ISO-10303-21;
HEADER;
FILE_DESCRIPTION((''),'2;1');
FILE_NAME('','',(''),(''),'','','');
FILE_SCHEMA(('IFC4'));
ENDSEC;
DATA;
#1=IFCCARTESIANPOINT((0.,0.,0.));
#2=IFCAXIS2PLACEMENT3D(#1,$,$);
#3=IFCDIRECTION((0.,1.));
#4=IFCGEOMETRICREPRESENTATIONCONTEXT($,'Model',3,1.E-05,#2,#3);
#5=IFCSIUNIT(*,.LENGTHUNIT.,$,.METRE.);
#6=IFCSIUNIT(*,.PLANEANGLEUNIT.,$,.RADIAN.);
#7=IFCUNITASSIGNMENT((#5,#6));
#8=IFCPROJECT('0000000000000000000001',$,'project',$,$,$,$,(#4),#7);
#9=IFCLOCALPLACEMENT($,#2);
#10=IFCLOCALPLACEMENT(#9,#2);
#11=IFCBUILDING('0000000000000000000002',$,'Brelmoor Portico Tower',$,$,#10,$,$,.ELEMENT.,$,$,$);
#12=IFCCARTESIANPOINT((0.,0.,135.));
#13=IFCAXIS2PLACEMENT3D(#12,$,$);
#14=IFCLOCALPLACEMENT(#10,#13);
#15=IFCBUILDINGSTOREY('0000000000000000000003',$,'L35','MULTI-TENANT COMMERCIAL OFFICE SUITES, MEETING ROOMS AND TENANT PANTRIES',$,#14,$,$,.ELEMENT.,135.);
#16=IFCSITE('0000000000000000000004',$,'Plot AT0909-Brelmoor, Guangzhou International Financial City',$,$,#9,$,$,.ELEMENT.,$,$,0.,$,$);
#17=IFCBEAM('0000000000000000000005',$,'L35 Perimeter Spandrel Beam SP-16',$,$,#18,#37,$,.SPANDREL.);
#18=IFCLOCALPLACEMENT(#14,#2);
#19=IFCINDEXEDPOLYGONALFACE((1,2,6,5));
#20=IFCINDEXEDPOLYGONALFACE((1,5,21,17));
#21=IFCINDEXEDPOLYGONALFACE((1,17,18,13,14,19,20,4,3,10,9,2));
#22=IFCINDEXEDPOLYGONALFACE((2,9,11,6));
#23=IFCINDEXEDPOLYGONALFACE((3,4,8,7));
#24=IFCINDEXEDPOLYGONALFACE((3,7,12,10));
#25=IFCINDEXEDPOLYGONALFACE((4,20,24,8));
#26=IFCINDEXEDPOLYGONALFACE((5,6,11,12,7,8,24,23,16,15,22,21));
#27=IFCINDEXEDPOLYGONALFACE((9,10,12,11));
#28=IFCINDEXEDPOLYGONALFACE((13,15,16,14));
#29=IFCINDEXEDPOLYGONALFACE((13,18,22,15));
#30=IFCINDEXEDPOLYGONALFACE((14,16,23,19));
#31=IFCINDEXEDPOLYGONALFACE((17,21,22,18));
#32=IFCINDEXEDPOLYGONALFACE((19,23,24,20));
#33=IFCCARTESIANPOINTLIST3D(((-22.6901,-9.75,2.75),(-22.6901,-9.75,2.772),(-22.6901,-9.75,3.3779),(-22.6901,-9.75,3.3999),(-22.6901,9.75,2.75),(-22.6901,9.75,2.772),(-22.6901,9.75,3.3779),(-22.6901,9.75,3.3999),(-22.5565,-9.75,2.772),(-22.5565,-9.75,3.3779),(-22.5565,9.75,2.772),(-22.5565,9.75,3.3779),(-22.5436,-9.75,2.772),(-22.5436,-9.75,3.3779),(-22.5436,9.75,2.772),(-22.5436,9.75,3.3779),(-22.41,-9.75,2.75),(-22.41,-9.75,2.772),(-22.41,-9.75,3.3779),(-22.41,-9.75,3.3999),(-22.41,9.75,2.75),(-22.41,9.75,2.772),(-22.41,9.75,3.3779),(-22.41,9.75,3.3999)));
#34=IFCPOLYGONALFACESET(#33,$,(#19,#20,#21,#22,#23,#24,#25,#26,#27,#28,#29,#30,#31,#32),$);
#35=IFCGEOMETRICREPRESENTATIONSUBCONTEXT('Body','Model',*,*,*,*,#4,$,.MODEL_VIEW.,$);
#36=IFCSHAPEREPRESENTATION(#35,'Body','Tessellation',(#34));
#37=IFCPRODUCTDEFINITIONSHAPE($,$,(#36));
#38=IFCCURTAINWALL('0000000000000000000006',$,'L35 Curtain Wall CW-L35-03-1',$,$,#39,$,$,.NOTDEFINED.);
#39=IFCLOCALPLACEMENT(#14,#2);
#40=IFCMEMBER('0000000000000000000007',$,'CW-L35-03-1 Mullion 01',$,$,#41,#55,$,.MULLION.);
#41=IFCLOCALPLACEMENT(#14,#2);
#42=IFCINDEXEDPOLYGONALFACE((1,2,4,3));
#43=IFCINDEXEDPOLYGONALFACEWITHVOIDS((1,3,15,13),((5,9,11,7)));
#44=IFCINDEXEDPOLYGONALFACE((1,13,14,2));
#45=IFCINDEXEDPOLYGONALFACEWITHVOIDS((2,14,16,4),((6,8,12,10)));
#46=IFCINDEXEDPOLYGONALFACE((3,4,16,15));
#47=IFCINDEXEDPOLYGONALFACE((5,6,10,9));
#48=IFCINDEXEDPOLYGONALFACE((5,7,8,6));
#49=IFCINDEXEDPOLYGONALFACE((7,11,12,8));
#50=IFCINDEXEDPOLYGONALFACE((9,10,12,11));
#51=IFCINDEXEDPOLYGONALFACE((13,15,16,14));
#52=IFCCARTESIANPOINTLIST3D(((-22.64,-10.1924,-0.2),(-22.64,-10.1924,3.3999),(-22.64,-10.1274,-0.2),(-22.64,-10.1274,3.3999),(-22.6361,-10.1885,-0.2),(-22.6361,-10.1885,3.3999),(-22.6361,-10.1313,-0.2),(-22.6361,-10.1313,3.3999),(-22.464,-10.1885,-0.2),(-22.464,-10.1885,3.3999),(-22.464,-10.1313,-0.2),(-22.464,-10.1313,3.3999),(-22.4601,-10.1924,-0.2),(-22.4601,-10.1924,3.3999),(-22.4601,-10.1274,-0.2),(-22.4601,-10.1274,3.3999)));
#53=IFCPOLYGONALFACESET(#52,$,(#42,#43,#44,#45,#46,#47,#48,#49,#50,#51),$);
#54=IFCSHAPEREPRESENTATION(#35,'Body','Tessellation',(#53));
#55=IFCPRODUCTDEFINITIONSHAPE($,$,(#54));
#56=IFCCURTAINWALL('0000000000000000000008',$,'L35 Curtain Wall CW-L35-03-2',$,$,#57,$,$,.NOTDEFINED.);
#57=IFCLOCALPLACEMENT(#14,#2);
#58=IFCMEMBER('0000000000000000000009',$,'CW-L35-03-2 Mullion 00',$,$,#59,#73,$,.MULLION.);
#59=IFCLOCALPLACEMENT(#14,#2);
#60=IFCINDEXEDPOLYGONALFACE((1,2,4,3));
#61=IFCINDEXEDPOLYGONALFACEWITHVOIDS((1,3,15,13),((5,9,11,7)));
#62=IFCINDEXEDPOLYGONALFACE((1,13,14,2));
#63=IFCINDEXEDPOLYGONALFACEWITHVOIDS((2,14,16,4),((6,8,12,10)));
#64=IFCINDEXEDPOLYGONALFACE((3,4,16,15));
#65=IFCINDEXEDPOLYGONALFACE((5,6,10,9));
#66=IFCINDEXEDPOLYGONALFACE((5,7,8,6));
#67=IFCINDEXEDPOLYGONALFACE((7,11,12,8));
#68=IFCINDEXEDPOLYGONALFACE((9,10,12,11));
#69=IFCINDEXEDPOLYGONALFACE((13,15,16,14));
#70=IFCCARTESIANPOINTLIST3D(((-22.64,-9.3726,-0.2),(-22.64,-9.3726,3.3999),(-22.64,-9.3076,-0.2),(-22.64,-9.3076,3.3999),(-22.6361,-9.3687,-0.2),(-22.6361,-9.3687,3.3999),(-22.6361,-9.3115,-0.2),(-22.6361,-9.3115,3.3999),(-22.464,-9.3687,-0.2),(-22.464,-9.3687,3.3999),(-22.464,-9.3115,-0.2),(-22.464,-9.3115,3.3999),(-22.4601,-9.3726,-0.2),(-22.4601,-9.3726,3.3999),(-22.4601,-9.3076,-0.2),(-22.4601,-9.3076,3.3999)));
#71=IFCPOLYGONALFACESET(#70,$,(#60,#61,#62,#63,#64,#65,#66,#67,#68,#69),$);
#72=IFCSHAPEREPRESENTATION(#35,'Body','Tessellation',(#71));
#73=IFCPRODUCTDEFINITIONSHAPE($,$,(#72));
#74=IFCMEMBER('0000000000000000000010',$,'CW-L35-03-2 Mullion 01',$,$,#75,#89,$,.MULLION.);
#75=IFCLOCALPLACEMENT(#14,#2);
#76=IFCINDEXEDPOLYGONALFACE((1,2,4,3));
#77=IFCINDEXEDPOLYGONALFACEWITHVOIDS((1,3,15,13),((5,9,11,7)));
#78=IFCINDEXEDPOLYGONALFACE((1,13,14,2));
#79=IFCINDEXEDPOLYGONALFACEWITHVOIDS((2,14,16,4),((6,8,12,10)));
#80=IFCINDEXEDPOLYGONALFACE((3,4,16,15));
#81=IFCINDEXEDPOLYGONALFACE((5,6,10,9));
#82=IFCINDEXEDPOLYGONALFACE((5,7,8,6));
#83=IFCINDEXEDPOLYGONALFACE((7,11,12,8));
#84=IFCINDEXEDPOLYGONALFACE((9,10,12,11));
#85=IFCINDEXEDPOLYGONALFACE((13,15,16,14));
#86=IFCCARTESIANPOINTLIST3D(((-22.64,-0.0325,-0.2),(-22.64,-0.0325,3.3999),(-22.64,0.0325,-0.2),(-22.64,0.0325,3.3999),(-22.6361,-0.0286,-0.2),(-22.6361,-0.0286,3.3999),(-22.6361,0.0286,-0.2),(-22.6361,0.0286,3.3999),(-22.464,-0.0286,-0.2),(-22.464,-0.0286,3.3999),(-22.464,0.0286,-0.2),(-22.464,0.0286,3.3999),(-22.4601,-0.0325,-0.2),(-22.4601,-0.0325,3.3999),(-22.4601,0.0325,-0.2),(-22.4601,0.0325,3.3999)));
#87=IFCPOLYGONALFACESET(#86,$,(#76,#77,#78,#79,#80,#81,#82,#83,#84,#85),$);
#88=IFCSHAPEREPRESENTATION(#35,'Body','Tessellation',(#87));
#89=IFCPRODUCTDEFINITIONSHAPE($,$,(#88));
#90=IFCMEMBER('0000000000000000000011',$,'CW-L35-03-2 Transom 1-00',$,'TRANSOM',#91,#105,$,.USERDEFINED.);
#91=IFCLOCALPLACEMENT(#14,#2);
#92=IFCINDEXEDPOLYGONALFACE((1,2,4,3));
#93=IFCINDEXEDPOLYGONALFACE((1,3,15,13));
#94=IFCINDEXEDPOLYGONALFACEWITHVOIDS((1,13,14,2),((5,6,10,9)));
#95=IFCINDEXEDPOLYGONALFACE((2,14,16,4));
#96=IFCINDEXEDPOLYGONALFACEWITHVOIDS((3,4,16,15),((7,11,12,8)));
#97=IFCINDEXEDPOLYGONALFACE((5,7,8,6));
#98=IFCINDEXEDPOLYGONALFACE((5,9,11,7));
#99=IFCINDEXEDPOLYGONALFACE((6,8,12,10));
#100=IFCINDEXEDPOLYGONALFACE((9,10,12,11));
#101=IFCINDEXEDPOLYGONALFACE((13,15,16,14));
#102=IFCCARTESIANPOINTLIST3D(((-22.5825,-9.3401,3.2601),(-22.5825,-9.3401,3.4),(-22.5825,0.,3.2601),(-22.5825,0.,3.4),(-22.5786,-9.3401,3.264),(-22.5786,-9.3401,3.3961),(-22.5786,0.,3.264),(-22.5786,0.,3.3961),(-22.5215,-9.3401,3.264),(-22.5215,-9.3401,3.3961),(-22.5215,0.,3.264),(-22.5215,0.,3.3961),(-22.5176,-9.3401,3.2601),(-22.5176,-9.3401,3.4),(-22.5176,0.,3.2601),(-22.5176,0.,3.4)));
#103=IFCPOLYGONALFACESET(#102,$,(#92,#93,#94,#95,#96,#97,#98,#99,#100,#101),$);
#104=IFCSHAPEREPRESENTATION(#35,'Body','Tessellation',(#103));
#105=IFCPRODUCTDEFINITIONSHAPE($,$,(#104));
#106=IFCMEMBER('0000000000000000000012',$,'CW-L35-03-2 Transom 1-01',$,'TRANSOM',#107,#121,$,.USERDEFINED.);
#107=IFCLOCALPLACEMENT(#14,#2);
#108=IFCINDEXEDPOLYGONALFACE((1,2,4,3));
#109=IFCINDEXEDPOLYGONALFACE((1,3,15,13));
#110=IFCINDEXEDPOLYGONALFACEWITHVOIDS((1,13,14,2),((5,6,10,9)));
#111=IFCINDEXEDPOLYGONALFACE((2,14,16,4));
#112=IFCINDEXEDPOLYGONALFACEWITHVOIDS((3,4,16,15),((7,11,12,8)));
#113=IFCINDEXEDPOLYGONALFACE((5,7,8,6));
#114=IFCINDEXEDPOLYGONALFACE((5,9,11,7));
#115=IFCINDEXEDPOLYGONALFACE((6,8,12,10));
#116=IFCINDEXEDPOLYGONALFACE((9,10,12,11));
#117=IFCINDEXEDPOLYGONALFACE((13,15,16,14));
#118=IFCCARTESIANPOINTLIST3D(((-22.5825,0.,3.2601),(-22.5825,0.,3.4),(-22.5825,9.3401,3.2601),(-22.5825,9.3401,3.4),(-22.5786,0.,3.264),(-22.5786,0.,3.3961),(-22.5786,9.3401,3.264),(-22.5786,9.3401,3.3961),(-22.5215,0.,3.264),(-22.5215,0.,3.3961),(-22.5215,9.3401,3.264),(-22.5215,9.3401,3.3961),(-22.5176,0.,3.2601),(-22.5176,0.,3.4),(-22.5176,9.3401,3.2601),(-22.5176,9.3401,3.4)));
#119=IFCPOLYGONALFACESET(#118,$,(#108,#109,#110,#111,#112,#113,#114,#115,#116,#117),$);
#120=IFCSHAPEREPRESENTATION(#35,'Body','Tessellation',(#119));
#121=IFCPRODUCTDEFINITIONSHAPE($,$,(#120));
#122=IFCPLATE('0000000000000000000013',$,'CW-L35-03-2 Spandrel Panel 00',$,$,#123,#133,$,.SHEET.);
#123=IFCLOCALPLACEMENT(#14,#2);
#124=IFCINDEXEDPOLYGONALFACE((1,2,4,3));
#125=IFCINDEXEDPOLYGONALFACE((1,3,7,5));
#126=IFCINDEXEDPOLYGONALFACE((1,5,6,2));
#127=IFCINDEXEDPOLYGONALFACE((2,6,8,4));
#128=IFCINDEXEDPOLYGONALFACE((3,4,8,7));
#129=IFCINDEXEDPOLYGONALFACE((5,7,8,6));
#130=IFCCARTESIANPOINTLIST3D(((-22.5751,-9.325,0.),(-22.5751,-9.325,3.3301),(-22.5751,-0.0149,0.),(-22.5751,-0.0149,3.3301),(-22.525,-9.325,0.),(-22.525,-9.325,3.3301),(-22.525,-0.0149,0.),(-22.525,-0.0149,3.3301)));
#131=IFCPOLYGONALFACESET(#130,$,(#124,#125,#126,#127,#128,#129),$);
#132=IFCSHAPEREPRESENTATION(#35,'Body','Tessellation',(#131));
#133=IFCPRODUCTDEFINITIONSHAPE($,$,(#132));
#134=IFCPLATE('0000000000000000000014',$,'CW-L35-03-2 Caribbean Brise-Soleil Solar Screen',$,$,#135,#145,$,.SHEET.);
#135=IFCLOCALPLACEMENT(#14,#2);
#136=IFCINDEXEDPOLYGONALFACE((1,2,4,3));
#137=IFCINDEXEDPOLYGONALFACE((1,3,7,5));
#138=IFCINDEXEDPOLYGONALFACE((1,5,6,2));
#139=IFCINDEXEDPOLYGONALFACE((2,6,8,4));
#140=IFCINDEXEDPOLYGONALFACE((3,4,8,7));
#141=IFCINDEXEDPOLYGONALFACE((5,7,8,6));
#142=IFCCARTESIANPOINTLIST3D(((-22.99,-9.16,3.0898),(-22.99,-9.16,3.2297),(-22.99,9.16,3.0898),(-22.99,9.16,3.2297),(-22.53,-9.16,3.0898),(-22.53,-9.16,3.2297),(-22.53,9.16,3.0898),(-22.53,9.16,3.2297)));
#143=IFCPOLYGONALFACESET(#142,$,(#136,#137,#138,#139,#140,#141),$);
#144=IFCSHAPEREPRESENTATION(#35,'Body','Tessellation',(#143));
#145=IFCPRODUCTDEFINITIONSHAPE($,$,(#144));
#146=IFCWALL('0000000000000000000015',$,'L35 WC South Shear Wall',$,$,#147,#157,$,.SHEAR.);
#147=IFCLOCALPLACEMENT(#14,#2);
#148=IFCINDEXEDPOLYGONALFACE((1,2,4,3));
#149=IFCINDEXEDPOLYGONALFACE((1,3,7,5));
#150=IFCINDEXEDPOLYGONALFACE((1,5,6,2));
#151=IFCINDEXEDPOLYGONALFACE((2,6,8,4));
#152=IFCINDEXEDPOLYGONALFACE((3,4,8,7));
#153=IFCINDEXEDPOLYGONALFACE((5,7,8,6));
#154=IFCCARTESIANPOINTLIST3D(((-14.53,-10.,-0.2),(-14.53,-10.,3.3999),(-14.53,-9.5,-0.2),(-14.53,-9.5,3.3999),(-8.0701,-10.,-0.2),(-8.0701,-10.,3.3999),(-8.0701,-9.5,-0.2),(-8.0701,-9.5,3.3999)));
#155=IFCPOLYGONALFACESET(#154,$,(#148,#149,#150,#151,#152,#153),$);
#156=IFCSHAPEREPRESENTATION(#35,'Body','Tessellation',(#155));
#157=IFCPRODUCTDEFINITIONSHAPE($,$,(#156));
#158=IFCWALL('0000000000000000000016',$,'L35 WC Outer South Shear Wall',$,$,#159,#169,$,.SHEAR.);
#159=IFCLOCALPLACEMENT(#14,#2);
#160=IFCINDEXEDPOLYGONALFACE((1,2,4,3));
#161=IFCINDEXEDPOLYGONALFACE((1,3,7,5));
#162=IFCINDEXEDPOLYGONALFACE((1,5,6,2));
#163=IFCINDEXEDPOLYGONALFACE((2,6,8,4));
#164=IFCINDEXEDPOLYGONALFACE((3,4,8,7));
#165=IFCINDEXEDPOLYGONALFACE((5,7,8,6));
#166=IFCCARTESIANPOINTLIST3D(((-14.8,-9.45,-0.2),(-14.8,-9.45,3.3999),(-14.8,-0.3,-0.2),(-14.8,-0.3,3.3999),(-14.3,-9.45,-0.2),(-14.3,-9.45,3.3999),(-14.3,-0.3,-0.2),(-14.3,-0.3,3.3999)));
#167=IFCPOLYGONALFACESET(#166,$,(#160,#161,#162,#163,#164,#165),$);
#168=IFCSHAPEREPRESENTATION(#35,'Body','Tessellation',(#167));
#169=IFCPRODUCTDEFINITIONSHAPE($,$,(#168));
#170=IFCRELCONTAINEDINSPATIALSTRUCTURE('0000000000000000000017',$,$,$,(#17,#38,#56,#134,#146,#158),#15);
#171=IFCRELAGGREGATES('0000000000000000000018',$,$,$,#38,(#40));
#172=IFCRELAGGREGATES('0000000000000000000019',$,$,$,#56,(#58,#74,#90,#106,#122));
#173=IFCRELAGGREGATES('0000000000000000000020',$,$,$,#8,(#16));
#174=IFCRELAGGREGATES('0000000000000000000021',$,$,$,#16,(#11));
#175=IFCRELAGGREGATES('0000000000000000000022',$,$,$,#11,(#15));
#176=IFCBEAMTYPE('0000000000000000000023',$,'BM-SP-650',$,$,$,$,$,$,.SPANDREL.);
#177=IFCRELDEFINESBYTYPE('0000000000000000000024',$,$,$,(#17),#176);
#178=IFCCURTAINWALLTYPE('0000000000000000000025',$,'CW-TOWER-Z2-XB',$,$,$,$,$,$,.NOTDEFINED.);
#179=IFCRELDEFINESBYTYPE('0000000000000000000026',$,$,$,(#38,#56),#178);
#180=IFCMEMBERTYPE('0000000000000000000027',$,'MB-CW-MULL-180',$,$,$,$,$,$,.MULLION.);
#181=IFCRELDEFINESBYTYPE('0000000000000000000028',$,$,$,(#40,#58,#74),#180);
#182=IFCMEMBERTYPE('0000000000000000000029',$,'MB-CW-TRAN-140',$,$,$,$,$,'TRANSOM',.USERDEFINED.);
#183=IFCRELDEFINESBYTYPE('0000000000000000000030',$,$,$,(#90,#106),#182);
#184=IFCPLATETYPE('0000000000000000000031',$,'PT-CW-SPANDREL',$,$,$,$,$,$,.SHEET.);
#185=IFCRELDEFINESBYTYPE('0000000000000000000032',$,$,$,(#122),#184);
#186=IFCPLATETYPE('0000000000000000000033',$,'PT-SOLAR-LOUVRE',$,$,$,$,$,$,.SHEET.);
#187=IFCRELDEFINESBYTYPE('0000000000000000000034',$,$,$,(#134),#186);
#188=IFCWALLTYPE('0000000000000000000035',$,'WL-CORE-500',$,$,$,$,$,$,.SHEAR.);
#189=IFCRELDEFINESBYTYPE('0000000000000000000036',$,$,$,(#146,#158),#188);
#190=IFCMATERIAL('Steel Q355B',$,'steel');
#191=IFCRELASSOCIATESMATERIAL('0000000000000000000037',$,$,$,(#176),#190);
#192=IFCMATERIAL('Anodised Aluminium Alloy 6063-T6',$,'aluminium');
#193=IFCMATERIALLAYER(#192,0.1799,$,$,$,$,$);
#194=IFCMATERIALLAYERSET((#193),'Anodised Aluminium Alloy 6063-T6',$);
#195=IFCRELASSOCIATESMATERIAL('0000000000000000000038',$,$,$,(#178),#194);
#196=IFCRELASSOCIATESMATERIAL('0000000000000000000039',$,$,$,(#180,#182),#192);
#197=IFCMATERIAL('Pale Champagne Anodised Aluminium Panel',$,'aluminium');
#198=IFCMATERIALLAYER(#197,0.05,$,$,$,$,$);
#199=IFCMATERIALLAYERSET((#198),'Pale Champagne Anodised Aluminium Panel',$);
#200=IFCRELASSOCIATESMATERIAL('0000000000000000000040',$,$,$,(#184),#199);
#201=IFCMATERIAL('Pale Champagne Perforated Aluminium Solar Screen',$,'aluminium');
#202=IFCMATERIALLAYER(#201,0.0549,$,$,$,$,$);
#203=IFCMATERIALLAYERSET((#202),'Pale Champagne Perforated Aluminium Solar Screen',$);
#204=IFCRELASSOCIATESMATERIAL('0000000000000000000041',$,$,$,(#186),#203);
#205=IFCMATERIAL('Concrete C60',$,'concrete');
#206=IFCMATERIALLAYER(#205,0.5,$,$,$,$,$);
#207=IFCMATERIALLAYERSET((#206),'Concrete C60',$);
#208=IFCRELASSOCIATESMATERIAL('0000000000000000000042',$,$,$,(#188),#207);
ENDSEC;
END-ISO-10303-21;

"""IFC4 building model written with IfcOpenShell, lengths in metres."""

from ifc_helpers import new_model, si_unit, direction, frame, frame_2d, origin, origin_2d, place, context, subcontext, project, spatial, rectangle, hollow_rectangle, i_section, extrude, material, layer, layer_set, material_profile, profile_set, type_object, element, aggregate, save


model = new_model("IFC4")

# Units and contexts
model_context = context("Model", 3, precision=1e-05, world=origin(), true_north=direction((0.0, 1.0)))
body_context = subcontext(model_context, "Body", "Model", "MODEL_VIEW")
ifc_project = project(units=[si_unit("LENGTHUNIT", "METRE"), si_unit("PLANEANGLEUNIT", "RADIAN")], contexts=[model_context])

# Site, building, storey
site_placement = place(None, origin())
site = spatial("IfcSite", under=ifc_project, at=site_placement, Name="Plot AT0909-Brelmoor, Guangzhou International Financial City", CompositionType="ELEMENT", RefElevation=0.0)
building_placement = place(site_placement, origin())
building = spatial("IfcBuilding", under=site, at=building_placement, Name="Brelmoor Portico Tower", CompositionType="ELEMENT")
storey_placement = place(building_placement, frame((0.0, 0.0, 135.0)))
storey = spatial("IfcBuildingStorey", under=building, at=storey_placement, Name="L35", Description="MULTI-TENANT COMMERCIAL OFFICE SUITES, MEETING ROOMS AND TENANT PANTRIES", CompositionType="ELEMENT", Elevation=135.0)

# Shared definitions
ifc_material_1 = material(Name="Steel Q355B", Category="steel")

# Beam
ifc_material_profile_1 = material_profile(ifc_material_1, i_section(OverallWidth=0.28, OverallDepth=0.6499, WebThickness=0.0129, FlangeThickness=0.022, at=origin_2d()), Name="HN 650x280x13x22")
ifc_profile_set_1 = profile_set([ifc_material_profile_1], Name="Steel Q355B")
beam_type_1 = type_object("IfcBeamType", Name="BM-SP-650", PredefinedType="SPANDREL", material=ifc_profile_set_1)
beam_1_placement = place(storey_placement, frame((-22.55, -9.75, 3.075), z_axis=(0.0, 1.0, 0.0), x_axis=(-1.0, 0.0, 0.0)))
element("IfcBeam", 1, at=beam_1_placement, inside=storey, type_object=beam_type_1, Name="L35 Perimeter Spandrel Beam SP-16", PredefinedType="SPANDREL", context=body_context, shape_type="SweptSolid", body=[
    extrude(i_section(OverallWidth=0.28, OverallDepth=0.6499, WebThickness=0.0129, FlangeThickness=0.022, at=origin_2d()), origin(), (0.0, 0.0, 1.0), 19.5),
])

# Curtain wall, member
ifc_material_2 = material(Name="Anodised Aluminium Alloy 6063-T6", Category="aluminium")
ifc_layer_1 = layer(ifc_material_2, 0.1799)
ifc_layer_set_1 = layer_set([ifc_layer_1], Name="Anodised Aluminium Alloy 6063-T6")
curtain_wall_type = type_object("IfcCurtainWallType", Name="CW-TOWER-Z2-XB", PredefinedType="NOTDEFINED", material=ifc_layer_set_1)
curtain_wall_1_placement = place(storey_placement, origin())
curtain_wall_1 = element("IfcCurtainWall", 2, at=curtain_wall_1_placement, inside=storey, type_object=curtain_wall_type, Name="L35 Curtain Wall CW-L35-03-1", PredefinedType="NOTDEFINED")
ifc_material_profile_2 = material_profile(ifc_material_2, hollow_rectangle(XDim=0.0649, YDim=0.1799, WallThickness=0.0039, at=origin_2d()), Name="ALU MULLION 65x180")
ifc_profile_set_2 = profile_set([ifc_material_profile_2], Name="Anodised Aluminium Alloy 6063-T6")
member_type_1 = type_object("IfcMemberType", Name="MB-CW-MULL-180", PredefinedType="MULLION", material=ifc_profile_set_2)
member_1_placement = place(storey_placement, frame((-22.55, -10.1599, -0.2), z_axis=(0.0, 0.0, 1.0), x_axis=(0.0, 1.0, 0.0)))
member_1 = element("IfcMember", 3, at=member_1_placement, type_object=member_type_1, Name="CW-L35-03-1 Mullion 01", PredefinedType="MULLION", context=body_context, shape_type="SweptSolid", body=[
    extrude(hollow_rectangle(XDim=0.0649, YDim=0.1799, WallThickness=0.0039, at=origin_2d()), origin(), (0.0, 0.0, 1.0), 3.5999),
])
aggregate(curtain_wall_1, [member_1])

# Curtain wall, members, plate
curtain_wall_2_placement = place(storey_placement, origin())
curtain_wall_2 = element("IfcCurtainWall", 4, at=curtain_wall_2_placement, inside=storey, type_object=curtain_wall_type, Name="L35 Curtain Wall CW-L35-03-2", PredefinedType="NOTDEFINED")
member_2_placement = place(storey_placement, frame((-22.55, -9.3401, -0.2), z_axis=(0.0, 0.0, 1.0), x_axis=(0.0, 1.0, 0.0)))
member_2 = element("IfcMember", 5, at=member_2_placement, type_object=member_type_1, Name="CW-L35-03-2 Mullion 00", PredefinedType="MULLION", context=body_context, shape_type="SweptSolid", body=[
    extrude(hollow_rectangle(XDim=0.0649, YDim=0.1799, WallThickness=0.0039, at=origin_2d()), origin(), (0.0, 0.0, 1.0), 3.5999),
])
member_3_placement = place(storey_placement, frame((-22.55, 0.0, -0.2), z_axis=(0.0, 0.0, 1.0), x_axis=(0.0, 1.0, 0.0)))
member_3 = element("IfcMember", 6, at=member_3_placement, type_object=member_type_1, Name="CW-L35-03-2 Mullion 01", PredefinedType="MULLION", context=body_context, shape_type="SweptSolid", body=[
    extrude(hollow_rectangle(XDim=0.0649, YDim=0.1799, WallThickness=0.0039, at=origin_2d()), origin(), (0.0, 0.0, 1.0), 3.5999),
])
ifc_material_profile_3 = material_profile(ifc_material_2, hollow_rectangle(XDim=0.0649, YDim=0.1399, WallThickness=0.0039, at=origin_2d()), Name="ALU TRANSOM 65x140")
ifc_profile_set_3 = profile_set([ifc_material_profile_3], Name="Anodised Aluminium Alloy 6063-T6")
member_type_2 = type_object("IfcMemberType", Name="MB-CW-TRAN-140", ElementType="TRANSOM", PredefinedType="USERDEFINED", material=ifc_profile_set_3)
member_4_placement = place(storey_placement, frame((-22.55, -9.3401, 3.3301), z_axis=(0.0, 1.0, 0.0), x_axis=(-1.0, 0.0, 0.0)))
member_4 = element("IfcMember", 7, at=member_4_placement, type_object=member_type_2, Name="CW-L35-03-2 Transom 1-00", ObjectType="TRANSOM", PredefinedType="USERDEFINED", context=body_context, shape_type="SweptSolid", body=[
    extrude(hollow_rectangle(XDim=0.0649, YDim=0.1399, WallThickness=0.0039, at=origin_2d()), origin(), (0.0, 0.0, 1.0), 9.3401),
])
member_5_placement = place(storey_placement, frame((-22.55, 0.0, 3.3301), z_axis=(0.0, 1.0, 0.0), x_axis=(-1.0, 0.0, 0.0)))
member_5 = element("IfcMember", 8, at=member_5_placement, type_object=member_type_2, Name="CW-L35-03-2 Transom 1-01", ObjectType="TRANSOM", PredefinedType="USERDEFINED", context=body_context, shape_type="SweptSolid", body=[
    extrude(hollow_rectangle(XDim=0.0649, YDim=0.1399, WallThickness=0.0039, at=origin_2d()), origin(), (0.0, 0.0, 1.0), 9.3401),
])
ifc_material_3 = material(Name="Pale Champagne Anodised Aluminium Panel", Category="aluminium")
ifc_layer_2 = layer(ifc_material_3, 0.05)
ifc_layer_set_2 = layer_set([ifc_layer_2], Name="Pale Champagne Anodised Aluminium Panel")
plate_type_1 = type_object("IfcPlateType", Name="PT-CW-SPANDREL", PredefinedType="SHEET", material=ifc_layer_set_2)
plate_1_placement = place(storey_placement, frame((-22.55, -4.6699, 0.0), z_axis=(0.0, 0.0, 1.0), x_axis=(0.0, 1.0, 0.0)))
plate_1 = element("IfcPlate", 9, at=plate_1_placement, type_object=plate_type_1, Name="CW-L35-03-2 Spandrel Panel 00", PredefinedType="SHEET", context=body_context, shape_type="SweptSolid", body=[
    extrude(rectangle(XDim=9.3101, YDim=0.05, at=origin_2d()), origin(), (0.0, 0.0, 1.0), 3.3301),
])
aggregate(curtain_wall_2, [member_2, member_3, member_4, member_5, plate_1])

# Plate
ifc_material_4 = material(Name="Pale Champagne Perforated Aluminium Solar Screen", Category="aluminium")
ifc_layer_3 = layer(ifc_material_4, 0.0549)
ifc_layer_set_3 = layer_set([ifc_layer_3], Name="Pale Champagne Perforated Aluminium Solar Screen")
plate_type_2 = type_object("IfcPlateType", Name="PT-SOLAR-LOUVRE", PredefinedType="SHEET", material=ifc_layer_set_3)
plate_2_placement = place(storey_placement, frame((-22.76, 0.0, 3.0898), z_axis=(0.0, 0.0, 1.0), x_axis=(0.0, 1.0, 0.0)))
element("IfcPlate", 10, at=plate_2_placement, inside=storey, type_object=plate_type_2, Name="CW-L35-03-2 Caribbean Brise-Soleil Solar Screen", PredefinedType="SHEET", context=body_context, shape_type="SweptSolid", body=[
    extrude(rectangle(XDim=18.3201, YDim=0.46, at=origin_2d()), origin(), (0.0, 0.0, 1.0), 0.1399),
])

# Walls
ifc_material_5 = material(Name="Concrete C60", Category="concrete")
ifc_layer_4 = layer(ifc_material_5, 0.5)
ifc_layer_set_4 = layer_set([ifc_layer_4], Name="Concrete C60")
wall_type_1 = type_object("IfcWallType", Name="WL-CORE-500", PredefinedType="SHEAR", material=ifc_layer_set_4)
wall_1_placement = place(storey_placement, frame((-14.53, -9.75, -0.2), z_axis=(0.0, 0.0, 1.0), x_axis=(1.0, 0.0, 0.0)))
element("IfcWall", 11, at=wall_1_placement, inside=storey, type_object=wall_type_1, Name="L35 WC South Shear Wall", PredefinedType="SHEAR", context=body_context, shape_type="SweptSolid", body=[
    extrude(rectangle(XDim=6.46, YDim=0.5, at=frame_2d((3.23, 0.0))), origin(), (0.0, 0.0, 1.0), 3.5999),
])
wall_2_placement = place(storey_placement, frame((-14.55, -9.45, -0.2), z_axis=(0.0, 0.0, 1.0), x_axis=(0.0, 1.0, 0.0)))
element("IfcWall", 12, at=wall_2_placement, inside=storey, type_object=wall_type_1, Name="L35 WC Outer South Shear Wall", PredefinedType="SHEAR", context=body_context, shape_type="SweptSolid", body=[
    extrude(rectangle(XDim=9.1499, YDim=0.5, at=frame_2d((4.575, 0.0))), origin(), (0.0, 0.0, 1.0), 3.5999),
])

save(model, "model.ifc")
